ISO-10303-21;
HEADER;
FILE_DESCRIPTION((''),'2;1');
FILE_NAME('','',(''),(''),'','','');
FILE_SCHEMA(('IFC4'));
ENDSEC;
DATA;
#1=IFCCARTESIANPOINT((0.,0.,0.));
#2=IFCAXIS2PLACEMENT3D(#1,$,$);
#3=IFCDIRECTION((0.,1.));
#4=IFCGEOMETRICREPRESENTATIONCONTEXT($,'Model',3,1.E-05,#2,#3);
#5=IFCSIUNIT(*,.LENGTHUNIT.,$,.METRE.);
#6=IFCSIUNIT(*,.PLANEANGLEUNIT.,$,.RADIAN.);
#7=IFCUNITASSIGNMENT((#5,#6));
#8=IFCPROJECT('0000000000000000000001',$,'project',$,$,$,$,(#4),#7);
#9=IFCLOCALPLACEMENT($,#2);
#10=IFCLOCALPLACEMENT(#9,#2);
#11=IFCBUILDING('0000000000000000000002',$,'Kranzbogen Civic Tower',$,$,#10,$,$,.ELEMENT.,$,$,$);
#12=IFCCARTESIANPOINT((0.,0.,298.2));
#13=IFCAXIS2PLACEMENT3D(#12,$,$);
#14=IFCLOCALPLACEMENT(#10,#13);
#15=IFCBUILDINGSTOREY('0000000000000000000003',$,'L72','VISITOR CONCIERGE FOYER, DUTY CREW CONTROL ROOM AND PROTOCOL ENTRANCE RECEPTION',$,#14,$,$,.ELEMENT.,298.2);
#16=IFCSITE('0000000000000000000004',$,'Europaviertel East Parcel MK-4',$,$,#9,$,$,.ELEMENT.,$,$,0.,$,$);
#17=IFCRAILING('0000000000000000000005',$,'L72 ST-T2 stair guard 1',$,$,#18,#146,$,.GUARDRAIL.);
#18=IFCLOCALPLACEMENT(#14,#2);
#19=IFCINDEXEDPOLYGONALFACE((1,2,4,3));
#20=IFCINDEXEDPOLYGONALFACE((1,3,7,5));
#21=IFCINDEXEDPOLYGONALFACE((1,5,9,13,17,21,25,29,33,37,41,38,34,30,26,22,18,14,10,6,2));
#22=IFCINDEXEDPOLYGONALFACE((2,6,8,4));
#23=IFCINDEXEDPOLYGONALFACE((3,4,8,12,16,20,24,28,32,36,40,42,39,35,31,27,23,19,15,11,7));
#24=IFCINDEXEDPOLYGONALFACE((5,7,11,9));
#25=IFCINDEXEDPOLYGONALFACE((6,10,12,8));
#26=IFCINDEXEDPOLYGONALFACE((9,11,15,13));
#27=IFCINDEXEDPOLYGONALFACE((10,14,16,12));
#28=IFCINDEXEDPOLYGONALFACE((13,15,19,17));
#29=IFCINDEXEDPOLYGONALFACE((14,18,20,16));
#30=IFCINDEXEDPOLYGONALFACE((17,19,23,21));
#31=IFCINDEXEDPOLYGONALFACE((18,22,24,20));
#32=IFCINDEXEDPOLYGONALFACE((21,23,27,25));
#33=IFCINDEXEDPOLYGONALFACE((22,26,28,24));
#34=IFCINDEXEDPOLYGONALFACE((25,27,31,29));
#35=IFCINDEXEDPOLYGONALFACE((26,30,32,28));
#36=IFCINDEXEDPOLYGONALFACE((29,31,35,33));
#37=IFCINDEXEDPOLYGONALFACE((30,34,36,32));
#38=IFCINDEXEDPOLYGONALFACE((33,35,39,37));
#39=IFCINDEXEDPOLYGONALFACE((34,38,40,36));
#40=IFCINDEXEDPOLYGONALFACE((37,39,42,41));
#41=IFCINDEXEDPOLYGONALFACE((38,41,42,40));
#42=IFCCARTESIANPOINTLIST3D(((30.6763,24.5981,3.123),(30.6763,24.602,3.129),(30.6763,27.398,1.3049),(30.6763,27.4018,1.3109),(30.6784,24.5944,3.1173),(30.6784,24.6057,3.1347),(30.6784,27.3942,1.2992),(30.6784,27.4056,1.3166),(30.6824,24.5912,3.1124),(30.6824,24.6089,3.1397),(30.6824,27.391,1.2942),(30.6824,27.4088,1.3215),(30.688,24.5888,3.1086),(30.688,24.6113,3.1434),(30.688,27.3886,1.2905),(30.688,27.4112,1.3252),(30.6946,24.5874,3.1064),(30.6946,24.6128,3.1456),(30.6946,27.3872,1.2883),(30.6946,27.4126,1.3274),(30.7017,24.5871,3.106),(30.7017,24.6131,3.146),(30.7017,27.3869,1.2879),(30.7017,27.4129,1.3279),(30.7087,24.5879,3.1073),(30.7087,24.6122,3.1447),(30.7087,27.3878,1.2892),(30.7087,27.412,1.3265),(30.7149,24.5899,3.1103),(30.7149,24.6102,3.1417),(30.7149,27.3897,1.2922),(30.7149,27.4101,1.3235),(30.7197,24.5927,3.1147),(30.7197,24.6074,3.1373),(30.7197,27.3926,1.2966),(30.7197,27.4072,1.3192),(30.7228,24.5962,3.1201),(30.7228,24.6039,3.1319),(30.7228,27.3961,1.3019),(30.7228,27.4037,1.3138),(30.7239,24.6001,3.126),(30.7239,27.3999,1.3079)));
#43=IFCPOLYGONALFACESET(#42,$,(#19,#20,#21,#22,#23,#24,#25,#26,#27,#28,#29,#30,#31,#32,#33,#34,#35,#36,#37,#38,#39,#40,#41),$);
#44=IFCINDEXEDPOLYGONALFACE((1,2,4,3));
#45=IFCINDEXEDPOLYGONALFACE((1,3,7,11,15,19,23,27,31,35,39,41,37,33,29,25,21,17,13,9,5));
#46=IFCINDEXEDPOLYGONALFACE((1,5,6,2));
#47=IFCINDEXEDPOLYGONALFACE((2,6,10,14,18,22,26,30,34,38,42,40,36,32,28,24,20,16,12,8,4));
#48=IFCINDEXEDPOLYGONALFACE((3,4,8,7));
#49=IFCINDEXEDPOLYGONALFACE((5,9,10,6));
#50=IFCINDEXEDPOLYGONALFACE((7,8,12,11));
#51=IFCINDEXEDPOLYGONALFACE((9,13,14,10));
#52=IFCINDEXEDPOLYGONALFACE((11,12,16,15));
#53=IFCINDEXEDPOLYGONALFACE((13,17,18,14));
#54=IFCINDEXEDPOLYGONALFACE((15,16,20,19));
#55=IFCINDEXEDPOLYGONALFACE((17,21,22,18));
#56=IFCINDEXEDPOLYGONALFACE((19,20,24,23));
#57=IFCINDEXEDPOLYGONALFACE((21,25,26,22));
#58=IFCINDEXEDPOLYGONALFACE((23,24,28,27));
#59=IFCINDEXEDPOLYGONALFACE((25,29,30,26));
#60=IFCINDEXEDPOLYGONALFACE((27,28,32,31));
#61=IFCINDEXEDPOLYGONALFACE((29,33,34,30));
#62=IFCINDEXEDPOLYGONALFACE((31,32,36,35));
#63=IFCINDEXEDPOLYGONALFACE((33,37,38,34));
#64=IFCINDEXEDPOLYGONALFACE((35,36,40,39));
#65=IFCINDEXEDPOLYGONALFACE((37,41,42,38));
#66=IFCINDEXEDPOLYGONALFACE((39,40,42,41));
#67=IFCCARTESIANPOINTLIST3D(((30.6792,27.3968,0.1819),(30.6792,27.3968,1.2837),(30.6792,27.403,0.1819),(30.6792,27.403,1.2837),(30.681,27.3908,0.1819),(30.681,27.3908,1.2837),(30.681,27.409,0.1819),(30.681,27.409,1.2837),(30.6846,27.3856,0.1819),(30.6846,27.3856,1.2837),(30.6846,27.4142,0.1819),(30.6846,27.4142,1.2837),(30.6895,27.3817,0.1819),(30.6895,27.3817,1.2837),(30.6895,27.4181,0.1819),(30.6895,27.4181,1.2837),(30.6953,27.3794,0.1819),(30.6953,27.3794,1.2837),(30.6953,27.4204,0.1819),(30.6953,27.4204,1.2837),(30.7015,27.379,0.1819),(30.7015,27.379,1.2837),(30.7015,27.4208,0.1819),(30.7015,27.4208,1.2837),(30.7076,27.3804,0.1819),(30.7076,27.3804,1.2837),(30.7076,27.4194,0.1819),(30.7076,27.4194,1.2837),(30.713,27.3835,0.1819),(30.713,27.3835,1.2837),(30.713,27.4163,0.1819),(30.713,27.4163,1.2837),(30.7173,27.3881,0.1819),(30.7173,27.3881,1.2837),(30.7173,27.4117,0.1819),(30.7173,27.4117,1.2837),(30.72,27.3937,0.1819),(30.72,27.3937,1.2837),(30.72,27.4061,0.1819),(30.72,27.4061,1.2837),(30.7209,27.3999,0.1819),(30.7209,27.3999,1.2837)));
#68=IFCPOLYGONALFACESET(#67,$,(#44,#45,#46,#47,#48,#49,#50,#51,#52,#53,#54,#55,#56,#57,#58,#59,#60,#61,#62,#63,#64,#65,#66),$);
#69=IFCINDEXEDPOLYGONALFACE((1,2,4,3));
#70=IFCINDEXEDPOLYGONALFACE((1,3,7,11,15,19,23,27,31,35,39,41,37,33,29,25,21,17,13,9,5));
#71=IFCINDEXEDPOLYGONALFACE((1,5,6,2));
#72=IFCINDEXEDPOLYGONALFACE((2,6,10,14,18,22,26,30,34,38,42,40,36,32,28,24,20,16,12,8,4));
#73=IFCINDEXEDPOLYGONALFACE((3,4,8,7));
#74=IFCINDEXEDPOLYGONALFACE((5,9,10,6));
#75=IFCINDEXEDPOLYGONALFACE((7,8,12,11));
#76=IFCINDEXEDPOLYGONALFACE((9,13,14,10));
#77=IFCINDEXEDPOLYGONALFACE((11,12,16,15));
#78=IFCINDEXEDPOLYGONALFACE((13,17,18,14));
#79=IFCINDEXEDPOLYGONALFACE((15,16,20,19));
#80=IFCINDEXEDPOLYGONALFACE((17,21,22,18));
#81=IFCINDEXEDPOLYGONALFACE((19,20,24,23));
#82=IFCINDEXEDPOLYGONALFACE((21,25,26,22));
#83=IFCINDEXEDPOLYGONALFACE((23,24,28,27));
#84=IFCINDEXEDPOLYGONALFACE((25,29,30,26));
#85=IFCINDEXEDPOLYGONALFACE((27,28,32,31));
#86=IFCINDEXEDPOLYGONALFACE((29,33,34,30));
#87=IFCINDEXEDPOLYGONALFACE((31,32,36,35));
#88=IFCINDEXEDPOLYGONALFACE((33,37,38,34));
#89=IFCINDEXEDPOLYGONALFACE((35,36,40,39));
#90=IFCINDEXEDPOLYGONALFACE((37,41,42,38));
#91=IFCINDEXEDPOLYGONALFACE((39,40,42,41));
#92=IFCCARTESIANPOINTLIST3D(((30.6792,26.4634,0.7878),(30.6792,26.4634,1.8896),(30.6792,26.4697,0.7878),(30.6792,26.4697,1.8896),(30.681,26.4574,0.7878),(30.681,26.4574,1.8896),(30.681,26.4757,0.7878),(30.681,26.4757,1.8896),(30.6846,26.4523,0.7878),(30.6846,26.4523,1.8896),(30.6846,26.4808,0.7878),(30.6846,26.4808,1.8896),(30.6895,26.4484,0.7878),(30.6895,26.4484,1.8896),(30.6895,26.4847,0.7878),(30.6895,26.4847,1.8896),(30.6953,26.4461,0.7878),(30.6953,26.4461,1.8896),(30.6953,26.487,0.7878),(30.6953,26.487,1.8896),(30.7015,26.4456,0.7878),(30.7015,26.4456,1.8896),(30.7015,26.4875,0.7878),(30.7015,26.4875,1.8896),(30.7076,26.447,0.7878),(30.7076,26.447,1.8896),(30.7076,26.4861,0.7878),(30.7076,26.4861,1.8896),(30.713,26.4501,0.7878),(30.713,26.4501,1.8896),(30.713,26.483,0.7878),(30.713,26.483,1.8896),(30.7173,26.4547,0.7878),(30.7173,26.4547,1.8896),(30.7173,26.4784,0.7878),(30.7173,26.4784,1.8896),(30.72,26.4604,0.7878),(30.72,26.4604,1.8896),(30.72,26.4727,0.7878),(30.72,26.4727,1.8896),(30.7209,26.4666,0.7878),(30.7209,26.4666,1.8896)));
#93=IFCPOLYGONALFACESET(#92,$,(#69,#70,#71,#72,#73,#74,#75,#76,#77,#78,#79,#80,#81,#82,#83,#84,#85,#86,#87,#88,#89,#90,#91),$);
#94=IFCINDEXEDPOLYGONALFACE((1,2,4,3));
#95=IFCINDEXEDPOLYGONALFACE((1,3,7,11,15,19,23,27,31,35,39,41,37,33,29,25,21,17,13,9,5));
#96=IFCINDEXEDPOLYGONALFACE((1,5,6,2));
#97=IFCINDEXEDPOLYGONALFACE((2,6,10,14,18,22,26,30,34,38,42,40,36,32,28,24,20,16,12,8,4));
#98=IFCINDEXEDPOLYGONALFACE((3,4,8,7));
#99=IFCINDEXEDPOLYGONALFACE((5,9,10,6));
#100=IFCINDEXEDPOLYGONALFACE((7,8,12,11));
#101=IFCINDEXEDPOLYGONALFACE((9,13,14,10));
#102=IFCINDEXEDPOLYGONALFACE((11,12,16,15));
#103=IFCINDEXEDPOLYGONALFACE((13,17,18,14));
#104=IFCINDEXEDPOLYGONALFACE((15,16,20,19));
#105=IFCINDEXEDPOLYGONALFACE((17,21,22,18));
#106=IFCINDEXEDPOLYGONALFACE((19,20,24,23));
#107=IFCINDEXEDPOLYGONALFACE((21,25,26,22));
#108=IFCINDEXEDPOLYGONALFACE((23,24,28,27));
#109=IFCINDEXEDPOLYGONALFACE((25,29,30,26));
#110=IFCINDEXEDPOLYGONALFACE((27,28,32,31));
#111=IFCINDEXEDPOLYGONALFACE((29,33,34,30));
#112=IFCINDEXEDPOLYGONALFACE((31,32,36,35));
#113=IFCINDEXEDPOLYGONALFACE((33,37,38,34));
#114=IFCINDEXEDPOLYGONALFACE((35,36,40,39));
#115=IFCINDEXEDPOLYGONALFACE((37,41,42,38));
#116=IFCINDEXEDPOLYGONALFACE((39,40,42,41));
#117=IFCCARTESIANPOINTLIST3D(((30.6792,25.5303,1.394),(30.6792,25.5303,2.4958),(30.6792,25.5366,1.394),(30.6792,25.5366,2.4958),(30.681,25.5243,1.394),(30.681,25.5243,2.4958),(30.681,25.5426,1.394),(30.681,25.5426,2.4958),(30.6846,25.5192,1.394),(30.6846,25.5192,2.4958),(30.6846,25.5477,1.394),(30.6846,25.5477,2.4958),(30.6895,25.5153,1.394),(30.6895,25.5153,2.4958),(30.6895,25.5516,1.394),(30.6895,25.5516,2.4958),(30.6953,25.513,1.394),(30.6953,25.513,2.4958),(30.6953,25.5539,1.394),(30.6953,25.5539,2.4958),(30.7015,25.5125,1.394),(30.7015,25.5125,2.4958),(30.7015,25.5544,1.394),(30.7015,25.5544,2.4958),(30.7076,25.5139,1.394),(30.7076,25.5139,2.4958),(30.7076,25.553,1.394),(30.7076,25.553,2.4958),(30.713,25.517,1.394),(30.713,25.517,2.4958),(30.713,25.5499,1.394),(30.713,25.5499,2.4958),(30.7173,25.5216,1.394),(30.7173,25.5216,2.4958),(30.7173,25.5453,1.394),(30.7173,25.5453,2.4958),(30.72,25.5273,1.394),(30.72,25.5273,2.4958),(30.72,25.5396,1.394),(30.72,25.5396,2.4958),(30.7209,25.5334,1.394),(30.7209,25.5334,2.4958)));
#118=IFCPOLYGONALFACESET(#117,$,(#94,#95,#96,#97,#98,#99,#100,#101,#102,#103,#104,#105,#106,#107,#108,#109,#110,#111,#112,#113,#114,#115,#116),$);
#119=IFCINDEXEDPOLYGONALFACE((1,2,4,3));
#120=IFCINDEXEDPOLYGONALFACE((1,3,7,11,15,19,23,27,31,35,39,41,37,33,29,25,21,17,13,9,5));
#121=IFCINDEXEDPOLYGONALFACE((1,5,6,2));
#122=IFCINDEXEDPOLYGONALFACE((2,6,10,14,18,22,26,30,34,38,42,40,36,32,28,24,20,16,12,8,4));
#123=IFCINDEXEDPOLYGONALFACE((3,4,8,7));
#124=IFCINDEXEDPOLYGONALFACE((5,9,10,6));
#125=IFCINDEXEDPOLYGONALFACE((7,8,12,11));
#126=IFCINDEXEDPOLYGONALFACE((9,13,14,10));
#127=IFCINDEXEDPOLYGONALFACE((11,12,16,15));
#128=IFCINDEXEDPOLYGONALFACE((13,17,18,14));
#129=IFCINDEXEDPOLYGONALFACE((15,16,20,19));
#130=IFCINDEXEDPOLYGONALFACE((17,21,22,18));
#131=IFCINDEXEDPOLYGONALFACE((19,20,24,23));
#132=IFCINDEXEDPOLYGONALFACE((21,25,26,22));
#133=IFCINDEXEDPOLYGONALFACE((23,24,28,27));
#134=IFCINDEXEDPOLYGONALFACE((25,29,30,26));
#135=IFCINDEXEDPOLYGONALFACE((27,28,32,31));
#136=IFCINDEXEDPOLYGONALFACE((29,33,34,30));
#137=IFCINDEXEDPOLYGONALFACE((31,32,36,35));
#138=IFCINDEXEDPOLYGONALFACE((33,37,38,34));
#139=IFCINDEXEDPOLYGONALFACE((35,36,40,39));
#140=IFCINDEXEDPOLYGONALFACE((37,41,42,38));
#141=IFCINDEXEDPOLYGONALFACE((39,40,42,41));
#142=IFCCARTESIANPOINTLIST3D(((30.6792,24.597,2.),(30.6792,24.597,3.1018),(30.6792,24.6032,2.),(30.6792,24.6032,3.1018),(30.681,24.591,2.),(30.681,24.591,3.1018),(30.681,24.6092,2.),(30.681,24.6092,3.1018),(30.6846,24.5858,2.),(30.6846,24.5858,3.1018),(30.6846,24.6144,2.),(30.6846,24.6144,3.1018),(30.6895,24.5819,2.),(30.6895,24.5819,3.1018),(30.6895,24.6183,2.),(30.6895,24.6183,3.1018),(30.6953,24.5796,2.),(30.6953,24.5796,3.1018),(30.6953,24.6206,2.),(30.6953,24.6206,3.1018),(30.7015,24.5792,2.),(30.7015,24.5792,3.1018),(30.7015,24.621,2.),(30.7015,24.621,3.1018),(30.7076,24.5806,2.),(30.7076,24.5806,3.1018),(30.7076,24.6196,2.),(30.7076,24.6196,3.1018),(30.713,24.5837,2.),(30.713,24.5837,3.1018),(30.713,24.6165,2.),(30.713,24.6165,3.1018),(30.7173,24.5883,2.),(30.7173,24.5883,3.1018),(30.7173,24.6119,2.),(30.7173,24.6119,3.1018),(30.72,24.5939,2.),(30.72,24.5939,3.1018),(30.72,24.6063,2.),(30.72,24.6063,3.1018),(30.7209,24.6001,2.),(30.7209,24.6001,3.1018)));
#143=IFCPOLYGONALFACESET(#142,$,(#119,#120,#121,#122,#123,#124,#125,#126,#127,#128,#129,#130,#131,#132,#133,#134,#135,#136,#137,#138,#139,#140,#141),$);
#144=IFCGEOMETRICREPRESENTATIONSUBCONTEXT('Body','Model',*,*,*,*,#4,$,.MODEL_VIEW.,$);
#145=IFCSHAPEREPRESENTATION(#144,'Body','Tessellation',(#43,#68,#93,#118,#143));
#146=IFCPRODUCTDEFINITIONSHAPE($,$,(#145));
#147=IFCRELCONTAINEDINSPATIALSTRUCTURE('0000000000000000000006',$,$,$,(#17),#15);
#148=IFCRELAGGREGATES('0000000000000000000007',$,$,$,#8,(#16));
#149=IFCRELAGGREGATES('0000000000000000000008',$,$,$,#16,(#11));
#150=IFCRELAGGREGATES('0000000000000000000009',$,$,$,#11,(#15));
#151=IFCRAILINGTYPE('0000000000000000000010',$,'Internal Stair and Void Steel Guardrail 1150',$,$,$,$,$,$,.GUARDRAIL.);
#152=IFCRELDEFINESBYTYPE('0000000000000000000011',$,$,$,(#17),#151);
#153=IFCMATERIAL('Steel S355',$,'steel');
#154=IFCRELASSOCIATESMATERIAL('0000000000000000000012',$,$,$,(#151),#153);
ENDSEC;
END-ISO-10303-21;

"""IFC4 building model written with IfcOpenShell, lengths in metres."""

from ifc_helpers import new_model, si_unit, direction, frame, origin, origin_2d, place, context, subcontext, project, spatial, circle, extrude, material, type_object, element, save


model = new_model("IFC4")

# Units and contexts
model_context = context("Model", 3, precision=1e-05, world=origin(), true_north=direction((0.0, 1.0)))
body_context = subcontext(model_context, "Body", "Model", "MODEL_VIEW")
ifc_project = project(units=[si_unit("LENGTHUNIT", "METRE"), si_unit("PLANEANGLEUNIT", "RADIAN")], contexts=[model_context])

# Site, building, storey
site_placement = place(None, origin())
site = spatial("IfcSite", under=ifc_project, at=site_placement, Name="Europaviertel East Parcel MK-4", CompositionType="ELEMENT", RefElevation=0.0)
building_placement = place(site_placement, origin())
building = spatial("IfcBuilding", under=site, at=building_placement, Name="Kranzbogen Civic Tower", CompositionType="ELEMENT")
storey_placement = place(building_placement, frame((0.0, 0.0, 298.2)))
storey = spatial("IfcBuildingStorey", under=building, at=storey_placement, Name="L72", Description="VISITOR CONCIERGE FOYER, DUTY CREW CONTROL ROOM AND PROTOCOL ENTRANCE RECEPTION", CompositionType="ELEMENT", Elevation=298.2)

# Shared definitions
ifc_material_1 = material(Name="Steel S355", Category="steel")

# Railing
railing_type_1 = type_object("IfcRailingType", Name="Internal Stair and Void Steel Guardrail 1150", PredefinedType="GUARDRAIL", material=ifc_material_1)
railing_1_placement = place(storey_placement, frame((30.7, 27.3999, 0.1819)))
element("IfcRailing", 1, at=railing_1_placement, inside=storey, type_object=railing_type_1, Name="L72 ST-T2 stair guard 1", PredefinedType="GUARDRAIL", context=body_context, shape_type="SweptSolid", body=[
    extrude(circle(Radius=0.0239, at=origin_2d()), frame((0.0, 0.0, 1.126), z_axis=(0.0, -0.838684, 0.544618), x_axis=(1.0, 0.0, 0.0)), (0.0, 0.0, 1.0), 3.3384),
    extrude(circle(Radius=0.021, at=origin_2d()), origin(), (0.0, 0.0, 1.0), 1.1018),
    extrude(circle(Radius=0.021, at=origin_2d()), frame((0.0, -0.9333, 0.606)), (0.0, 0.0, 1.0), 1.1018),
    extrude(circle(Radius=0.021, at=origin_2d()), frame((0.0, -1.8665, 1.2122)), (0.0, 0.0, 1.0), 1.1018),
    extrude(circle(Radius=0.021, at=origin_2d()), frame((0.0, -2.7998, 1.8181)), (0.0, 0.0, 1.0), 1.1018),
])

save(model, "model.ifc")
